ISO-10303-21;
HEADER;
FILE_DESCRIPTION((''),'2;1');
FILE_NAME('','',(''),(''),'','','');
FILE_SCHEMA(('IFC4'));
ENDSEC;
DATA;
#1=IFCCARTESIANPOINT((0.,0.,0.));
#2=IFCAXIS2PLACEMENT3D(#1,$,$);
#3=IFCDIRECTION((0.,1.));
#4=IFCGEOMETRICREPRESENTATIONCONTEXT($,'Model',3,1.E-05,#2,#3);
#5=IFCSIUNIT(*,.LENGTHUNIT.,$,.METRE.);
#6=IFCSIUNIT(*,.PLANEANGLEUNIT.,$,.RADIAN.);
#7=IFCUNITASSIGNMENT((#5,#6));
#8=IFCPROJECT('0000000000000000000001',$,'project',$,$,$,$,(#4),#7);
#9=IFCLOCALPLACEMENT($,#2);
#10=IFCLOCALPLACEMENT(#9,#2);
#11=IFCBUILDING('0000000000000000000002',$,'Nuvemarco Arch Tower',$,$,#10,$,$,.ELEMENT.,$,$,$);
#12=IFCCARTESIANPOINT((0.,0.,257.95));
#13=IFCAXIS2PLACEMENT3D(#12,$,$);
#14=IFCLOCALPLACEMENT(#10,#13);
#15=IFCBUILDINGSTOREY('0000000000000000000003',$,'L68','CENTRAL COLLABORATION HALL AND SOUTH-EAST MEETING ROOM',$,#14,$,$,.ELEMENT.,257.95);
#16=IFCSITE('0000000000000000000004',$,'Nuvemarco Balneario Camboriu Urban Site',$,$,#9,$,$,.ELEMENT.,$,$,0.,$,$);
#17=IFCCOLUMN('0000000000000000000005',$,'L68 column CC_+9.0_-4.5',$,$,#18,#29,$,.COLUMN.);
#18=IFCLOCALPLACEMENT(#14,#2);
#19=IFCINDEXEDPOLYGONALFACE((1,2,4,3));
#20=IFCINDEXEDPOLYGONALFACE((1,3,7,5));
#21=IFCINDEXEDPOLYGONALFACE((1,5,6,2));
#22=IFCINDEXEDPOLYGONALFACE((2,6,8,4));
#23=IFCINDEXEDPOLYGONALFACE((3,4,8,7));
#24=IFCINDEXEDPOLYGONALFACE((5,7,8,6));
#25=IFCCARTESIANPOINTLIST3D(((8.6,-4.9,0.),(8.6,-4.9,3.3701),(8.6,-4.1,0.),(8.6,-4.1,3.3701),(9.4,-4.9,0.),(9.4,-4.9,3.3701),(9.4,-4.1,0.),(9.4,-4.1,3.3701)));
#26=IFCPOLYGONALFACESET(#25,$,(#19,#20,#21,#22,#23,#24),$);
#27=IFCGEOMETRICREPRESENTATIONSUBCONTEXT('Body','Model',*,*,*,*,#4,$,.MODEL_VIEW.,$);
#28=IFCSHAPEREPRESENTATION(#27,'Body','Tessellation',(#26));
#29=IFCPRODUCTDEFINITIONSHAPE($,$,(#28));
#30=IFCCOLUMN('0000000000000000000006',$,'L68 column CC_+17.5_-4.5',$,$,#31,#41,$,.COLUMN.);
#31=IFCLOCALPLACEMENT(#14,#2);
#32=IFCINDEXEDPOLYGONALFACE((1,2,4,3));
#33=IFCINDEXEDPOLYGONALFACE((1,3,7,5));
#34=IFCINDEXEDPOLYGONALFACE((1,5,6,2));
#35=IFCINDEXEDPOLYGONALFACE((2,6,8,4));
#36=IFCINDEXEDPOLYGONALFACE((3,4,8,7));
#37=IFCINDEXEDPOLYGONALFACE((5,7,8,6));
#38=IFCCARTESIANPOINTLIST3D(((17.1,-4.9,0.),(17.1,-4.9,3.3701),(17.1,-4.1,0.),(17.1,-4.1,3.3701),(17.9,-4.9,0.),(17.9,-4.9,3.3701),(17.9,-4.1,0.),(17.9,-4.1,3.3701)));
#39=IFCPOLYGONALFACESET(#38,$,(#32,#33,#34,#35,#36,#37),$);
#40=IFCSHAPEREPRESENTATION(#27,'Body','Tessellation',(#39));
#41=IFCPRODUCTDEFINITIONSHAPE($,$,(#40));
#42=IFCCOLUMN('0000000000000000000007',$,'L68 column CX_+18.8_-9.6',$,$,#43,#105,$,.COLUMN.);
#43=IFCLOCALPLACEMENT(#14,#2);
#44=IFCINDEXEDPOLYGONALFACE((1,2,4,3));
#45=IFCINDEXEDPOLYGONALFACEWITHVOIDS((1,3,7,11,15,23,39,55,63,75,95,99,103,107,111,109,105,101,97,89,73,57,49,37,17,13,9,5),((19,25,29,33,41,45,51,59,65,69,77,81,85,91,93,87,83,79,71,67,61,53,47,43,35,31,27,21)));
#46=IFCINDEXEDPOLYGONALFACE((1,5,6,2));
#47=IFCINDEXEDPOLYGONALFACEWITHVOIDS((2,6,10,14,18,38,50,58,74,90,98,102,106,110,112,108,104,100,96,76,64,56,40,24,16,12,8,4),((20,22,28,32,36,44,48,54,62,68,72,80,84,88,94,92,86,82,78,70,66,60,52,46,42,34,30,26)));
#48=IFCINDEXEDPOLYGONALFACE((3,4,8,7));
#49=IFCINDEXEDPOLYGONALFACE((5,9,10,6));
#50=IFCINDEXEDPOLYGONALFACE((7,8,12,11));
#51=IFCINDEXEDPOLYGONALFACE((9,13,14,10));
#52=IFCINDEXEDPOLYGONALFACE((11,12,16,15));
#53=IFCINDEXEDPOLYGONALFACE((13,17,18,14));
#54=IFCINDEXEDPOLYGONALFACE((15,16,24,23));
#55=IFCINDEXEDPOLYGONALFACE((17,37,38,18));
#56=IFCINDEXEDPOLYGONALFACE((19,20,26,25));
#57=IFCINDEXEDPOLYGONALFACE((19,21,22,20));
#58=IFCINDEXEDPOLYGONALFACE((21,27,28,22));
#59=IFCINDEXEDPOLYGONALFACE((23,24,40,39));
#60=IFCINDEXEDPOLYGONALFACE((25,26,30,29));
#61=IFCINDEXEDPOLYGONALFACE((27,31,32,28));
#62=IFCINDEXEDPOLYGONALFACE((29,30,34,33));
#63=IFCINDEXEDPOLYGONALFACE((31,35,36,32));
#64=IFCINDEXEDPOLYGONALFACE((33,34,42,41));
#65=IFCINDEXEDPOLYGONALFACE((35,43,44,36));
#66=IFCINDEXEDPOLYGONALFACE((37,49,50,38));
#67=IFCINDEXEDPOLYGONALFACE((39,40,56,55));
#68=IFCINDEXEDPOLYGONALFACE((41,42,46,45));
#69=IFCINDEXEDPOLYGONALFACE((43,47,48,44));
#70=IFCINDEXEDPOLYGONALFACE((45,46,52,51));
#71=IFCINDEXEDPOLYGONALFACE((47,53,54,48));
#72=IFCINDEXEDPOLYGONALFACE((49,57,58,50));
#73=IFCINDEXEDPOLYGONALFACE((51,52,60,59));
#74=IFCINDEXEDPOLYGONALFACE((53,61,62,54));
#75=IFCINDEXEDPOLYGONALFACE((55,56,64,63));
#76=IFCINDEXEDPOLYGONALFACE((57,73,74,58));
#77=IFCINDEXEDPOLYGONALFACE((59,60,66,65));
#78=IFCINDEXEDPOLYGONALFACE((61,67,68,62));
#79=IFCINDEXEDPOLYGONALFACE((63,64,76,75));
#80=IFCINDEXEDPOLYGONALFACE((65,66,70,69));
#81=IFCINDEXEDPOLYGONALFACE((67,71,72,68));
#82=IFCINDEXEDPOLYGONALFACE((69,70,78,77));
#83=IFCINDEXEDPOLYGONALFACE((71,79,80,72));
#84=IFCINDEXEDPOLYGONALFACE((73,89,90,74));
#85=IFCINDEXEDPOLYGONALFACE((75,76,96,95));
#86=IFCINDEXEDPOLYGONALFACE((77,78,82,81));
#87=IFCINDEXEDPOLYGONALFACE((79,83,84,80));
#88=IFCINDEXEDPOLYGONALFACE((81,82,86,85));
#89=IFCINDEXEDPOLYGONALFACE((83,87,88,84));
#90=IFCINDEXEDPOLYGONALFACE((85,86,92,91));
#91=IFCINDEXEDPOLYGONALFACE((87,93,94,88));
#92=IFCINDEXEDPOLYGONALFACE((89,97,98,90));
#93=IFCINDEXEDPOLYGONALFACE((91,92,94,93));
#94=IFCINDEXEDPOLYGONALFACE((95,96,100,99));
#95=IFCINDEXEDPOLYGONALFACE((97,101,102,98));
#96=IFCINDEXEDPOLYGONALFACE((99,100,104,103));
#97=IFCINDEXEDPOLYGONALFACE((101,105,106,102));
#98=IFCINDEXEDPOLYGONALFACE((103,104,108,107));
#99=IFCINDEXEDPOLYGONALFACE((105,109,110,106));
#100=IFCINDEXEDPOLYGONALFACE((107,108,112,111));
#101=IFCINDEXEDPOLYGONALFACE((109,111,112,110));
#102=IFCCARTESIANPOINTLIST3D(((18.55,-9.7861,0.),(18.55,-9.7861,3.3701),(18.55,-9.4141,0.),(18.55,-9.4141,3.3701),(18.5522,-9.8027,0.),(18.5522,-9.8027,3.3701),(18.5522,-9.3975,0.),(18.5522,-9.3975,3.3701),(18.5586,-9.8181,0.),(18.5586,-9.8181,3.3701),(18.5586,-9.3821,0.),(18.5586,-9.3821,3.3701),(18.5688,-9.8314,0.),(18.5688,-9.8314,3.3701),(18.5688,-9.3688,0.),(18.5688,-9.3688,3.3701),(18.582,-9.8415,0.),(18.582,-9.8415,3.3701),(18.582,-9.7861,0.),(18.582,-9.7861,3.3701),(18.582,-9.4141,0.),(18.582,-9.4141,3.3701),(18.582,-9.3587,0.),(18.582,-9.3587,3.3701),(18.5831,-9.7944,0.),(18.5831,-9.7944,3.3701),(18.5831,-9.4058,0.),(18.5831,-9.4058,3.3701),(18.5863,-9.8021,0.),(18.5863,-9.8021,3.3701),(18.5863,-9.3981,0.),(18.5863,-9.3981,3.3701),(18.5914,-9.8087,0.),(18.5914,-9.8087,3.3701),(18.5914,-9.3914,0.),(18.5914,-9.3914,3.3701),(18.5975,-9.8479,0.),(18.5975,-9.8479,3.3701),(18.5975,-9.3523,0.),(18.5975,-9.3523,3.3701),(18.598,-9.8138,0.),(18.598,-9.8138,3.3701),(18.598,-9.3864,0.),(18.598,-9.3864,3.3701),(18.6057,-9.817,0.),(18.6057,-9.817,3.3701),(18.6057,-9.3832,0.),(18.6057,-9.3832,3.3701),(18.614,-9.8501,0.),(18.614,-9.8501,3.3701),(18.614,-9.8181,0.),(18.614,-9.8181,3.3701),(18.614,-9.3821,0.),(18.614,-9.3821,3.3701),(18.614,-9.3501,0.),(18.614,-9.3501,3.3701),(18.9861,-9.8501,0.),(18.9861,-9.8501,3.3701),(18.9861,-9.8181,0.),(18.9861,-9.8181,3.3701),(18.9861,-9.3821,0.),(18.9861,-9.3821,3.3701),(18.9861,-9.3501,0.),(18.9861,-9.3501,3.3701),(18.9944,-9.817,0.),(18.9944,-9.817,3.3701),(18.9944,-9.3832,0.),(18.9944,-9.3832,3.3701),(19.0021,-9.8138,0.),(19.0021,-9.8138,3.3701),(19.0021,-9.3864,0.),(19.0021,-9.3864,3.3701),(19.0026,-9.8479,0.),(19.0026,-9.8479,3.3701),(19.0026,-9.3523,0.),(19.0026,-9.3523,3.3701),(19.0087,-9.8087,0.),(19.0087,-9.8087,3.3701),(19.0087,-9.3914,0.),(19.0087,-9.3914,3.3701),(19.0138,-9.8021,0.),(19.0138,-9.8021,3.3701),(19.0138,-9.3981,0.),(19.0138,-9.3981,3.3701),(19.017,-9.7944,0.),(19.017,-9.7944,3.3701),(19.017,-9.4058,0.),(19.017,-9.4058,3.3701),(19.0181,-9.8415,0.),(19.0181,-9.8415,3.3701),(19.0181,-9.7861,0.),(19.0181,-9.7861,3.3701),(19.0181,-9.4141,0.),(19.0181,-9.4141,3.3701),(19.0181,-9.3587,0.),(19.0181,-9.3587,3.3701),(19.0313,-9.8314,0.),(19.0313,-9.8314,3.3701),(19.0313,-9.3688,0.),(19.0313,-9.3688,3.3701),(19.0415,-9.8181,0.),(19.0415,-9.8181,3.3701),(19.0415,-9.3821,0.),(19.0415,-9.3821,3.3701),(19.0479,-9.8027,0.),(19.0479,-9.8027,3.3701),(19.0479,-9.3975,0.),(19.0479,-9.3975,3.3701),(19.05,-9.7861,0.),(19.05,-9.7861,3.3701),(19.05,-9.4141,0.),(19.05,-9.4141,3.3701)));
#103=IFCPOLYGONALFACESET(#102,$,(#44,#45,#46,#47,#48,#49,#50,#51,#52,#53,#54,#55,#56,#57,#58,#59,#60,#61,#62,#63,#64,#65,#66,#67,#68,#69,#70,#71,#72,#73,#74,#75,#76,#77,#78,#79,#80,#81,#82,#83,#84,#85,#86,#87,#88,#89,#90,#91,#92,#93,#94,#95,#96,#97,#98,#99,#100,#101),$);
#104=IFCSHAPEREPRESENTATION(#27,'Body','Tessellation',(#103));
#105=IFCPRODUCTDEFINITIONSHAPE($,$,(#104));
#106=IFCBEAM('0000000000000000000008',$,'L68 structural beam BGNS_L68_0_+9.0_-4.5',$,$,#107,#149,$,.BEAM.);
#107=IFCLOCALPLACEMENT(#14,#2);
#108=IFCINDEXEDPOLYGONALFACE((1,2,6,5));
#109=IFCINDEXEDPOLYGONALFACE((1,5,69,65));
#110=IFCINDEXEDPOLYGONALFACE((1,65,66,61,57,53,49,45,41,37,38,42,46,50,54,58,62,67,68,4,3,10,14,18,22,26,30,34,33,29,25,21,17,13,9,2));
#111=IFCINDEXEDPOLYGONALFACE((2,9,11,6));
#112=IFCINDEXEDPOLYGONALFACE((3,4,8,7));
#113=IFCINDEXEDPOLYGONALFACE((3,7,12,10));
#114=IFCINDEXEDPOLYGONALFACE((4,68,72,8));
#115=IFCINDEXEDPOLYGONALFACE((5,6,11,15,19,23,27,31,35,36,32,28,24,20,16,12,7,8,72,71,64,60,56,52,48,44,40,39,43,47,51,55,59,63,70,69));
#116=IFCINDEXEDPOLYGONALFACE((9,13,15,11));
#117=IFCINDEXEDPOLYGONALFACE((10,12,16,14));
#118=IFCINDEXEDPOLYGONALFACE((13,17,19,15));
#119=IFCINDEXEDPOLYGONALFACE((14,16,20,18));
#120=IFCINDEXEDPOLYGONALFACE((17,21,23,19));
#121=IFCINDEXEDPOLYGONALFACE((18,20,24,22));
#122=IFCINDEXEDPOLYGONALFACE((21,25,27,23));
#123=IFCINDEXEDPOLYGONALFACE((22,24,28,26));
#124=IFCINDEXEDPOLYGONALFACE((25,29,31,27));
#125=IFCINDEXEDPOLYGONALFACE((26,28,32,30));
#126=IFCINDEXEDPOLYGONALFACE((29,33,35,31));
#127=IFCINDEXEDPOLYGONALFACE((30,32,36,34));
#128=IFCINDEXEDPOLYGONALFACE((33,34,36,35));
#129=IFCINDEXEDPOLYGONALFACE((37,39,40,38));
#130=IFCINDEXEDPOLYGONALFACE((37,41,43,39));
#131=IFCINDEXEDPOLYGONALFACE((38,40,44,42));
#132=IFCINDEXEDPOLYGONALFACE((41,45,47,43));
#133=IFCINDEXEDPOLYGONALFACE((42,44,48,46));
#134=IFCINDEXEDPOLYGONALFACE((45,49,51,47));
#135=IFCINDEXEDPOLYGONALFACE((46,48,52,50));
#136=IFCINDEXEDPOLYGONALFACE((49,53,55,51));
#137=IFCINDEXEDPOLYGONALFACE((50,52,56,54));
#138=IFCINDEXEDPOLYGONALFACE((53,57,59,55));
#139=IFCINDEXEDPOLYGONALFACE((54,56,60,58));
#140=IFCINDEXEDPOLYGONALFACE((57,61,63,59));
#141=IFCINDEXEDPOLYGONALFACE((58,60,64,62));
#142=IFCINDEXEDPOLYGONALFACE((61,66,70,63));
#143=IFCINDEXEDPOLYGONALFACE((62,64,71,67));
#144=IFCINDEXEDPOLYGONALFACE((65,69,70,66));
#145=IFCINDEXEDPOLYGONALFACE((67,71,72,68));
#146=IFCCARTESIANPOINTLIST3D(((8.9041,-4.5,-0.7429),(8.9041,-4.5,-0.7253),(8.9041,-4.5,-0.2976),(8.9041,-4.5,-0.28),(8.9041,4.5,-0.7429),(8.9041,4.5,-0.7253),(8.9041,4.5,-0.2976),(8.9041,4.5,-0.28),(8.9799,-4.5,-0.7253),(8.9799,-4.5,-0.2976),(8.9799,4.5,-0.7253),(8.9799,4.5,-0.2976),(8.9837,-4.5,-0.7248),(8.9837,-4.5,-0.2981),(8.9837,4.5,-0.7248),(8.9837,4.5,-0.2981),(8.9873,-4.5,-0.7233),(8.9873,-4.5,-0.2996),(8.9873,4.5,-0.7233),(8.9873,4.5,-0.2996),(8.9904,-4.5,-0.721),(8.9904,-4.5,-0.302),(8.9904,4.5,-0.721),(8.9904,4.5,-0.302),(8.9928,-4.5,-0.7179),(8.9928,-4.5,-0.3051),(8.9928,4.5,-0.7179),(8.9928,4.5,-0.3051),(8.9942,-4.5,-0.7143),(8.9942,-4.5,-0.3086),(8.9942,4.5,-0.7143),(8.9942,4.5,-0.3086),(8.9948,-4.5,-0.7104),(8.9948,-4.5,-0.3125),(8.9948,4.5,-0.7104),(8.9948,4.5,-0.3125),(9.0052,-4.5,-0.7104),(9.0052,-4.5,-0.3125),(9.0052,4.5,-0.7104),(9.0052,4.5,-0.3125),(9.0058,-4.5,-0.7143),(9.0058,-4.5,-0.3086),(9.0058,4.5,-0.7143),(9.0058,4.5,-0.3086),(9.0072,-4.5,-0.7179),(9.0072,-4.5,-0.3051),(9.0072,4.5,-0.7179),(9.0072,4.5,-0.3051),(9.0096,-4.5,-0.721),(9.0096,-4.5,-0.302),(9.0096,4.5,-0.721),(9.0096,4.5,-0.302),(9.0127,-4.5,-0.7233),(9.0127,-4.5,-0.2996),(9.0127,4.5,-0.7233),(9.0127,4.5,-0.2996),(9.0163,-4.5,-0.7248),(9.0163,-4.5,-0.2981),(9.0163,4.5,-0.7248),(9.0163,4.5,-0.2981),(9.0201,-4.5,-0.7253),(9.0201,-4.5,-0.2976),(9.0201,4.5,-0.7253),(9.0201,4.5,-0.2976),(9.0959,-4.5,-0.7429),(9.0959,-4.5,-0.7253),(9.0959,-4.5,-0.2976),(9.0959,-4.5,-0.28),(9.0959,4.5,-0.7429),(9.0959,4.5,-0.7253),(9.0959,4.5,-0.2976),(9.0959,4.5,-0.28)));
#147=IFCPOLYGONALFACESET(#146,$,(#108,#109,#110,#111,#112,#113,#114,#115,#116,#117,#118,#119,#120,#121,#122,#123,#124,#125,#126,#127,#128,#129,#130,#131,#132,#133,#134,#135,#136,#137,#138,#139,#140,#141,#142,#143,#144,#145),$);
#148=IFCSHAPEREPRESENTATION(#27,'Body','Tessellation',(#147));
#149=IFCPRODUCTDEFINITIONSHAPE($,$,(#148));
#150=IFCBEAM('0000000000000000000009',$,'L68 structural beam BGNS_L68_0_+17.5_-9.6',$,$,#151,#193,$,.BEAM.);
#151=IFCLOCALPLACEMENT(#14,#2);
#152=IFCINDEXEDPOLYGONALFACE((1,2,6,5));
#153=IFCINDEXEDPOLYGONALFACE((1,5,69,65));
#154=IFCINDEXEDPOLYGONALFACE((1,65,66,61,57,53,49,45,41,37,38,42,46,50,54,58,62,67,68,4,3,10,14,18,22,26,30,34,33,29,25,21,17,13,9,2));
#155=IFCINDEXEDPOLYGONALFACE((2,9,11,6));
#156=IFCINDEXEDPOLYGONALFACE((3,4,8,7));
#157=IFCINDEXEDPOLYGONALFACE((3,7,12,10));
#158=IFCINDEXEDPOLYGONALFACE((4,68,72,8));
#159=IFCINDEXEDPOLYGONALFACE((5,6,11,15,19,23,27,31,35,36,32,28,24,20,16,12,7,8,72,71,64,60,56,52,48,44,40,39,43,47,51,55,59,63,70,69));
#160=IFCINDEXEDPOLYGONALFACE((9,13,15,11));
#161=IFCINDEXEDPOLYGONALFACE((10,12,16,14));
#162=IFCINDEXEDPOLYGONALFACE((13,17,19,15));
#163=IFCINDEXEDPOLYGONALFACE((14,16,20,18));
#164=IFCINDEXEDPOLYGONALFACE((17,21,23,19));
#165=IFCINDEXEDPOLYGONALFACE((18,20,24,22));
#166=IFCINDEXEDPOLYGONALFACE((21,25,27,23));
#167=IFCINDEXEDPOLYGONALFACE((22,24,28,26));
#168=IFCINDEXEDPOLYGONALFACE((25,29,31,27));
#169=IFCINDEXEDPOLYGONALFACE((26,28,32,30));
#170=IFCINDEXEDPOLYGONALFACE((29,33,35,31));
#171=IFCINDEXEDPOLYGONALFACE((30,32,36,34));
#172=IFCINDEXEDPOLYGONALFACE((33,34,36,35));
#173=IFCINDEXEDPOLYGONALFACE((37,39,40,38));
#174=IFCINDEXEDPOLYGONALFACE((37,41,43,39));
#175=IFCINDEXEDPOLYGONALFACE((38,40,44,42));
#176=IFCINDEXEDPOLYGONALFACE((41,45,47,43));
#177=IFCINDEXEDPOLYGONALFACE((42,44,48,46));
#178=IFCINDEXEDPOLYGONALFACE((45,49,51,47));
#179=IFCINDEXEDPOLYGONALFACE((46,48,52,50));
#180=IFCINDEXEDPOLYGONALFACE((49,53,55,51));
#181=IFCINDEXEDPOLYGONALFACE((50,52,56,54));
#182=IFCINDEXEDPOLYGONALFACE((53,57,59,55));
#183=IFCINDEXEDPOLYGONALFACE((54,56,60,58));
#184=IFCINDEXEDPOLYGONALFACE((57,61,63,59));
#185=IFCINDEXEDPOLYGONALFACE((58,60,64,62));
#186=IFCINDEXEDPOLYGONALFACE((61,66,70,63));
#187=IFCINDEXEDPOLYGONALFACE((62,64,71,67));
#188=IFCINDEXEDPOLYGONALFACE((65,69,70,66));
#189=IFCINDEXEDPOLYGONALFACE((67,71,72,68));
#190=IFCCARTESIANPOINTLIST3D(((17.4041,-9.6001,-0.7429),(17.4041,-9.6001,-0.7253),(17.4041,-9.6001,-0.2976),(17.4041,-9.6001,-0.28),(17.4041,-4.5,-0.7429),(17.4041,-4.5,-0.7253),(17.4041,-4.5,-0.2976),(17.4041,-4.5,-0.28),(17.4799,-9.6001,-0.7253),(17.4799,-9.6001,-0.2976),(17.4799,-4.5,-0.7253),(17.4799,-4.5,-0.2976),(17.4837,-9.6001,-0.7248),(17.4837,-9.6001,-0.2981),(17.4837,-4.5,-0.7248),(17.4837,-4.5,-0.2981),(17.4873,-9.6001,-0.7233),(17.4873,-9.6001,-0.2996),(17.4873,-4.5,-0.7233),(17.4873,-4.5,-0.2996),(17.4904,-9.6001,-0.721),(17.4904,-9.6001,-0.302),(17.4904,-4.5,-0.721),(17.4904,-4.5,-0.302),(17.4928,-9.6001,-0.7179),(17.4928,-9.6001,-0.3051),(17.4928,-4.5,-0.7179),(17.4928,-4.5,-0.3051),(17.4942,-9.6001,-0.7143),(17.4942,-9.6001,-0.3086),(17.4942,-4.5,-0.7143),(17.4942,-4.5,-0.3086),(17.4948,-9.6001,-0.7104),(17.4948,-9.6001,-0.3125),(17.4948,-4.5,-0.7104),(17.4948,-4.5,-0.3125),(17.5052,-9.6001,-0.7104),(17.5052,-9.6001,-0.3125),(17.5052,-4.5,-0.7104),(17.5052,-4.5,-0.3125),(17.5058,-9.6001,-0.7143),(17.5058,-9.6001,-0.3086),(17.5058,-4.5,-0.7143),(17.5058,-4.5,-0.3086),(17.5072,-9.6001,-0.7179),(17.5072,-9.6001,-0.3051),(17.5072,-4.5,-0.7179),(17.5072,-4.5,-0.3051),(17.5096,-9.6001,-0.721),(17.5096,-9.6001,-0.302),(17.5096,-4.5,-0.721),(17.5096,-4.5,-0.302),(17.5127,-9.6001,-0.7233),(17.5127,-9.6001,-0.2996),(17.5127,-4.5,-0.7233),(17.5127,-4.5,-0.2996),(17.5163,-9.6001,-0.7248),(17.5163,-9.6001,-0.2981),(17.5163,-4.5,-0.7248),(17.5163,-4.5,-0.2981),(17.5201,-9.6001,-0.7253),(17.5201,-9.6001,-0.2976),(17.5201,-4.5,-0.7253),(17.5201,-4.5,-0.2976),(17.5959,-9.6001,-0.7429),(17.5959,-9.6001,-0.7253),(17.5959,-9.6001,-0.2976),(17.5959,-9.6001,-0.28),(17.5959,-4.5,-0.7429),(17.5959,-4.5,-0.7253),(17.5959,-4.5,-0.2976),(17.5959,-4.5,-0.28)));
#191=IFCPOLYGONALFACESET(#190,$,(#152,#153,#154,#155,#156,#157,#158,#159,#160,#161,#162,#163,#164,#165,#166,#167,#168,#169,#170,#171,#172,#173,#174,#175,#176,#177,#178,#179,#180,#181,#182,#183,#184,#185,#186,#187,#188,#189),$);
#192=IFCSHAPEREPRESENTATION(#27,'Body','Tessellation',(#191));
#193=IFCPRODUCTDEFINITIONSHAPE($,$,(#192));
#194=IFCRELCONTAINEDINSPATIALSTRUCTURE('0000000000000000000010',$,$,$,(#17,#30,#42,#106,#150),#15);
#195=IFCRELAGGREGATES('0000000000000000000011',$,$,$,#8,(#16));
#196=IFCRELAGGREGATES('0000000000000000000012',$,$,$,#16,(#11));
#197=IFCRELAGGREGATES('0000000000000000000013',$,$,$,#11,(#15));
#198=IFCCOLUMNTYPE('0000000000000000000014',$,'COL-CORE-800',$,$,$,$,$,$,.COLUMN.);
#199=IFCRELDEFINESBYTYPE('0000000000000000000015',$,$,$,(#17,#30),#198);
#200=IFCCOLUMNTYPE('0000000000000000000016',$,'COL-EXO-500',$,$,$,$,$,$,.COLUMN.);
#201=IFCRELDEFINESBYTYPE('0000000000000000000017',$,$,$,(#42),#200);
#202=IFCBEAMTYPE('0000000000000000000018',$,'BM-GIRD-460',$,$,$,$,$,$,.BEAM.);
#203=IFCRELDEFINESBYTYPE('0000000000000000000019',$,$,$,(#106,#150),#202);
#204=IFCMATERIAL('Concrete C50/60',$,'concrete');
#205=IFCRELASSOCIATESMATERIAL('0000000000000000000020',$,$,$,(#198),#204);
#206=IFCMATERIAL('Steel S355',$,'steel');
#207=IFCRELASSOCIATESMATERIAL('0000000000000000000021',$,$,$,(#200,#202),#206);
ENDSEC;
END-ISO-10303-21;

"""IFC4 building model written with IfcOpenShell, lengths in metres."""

from ifc_helpers import new_model, si_unit, direction, frame, origin, origin_2d, place, context, subcontext, project, spatial, rectangle, hollow_rectangle, i_section, extrude, material, material_profile, profile_set, type_object, element, save


model = new_model("IFC4")

# Units and contexts
model_context = context("Model", 3, precision=1e-05, world=origin(), true_north=direction((0.0, 1.0)))
body_context = subcontext(model_context, "Body", "Model", "MODEL_VIEW")
ifc_project = project(units=[si_unit("LENGTHUNIT", "METRE"), si_unit("PLANEANGLEUNIT", "RADIAN")], contexts=[model_context])

# Site, building, storey
site_placement = place(None, origin())
site = spatial("IfcSite", under=ifc_project, at=site_placement, Name="Nuvemarco Balneario Camboriu Urban Site", CompositionType="ELEMENT", RefElevation=0.0)
building_placement = place(site_placement, origin())
building = spatial("IfcBuilding", under=site, at=building_placement, Name="Nuvemarco Arch Tower", CompositionType="ELEMENT")
storey_placement = place(building_placement, frame((0.0, 0.0, 257.95)))
storey = spatial("IfcBuildingStorey", under=building, at=storey_placement, Name="L68", Description="CENTRAL COLLABORATION HALL AND SOUTH-EAST MEETING ROOM", CompositionType="ELEMENT", Elevation=257.95)

# Columns
ifc_material_1 = material(Name="Concrete C50/60", Category="concrete")
ifc_material_profile_1 = material_profile(ifc_material_1, rectangle(XDim=0.8, YDim=0.8, at=origin_2d()), Name="RC-COL-800x800")
ifc_profile_set_1 = profile_set([ifc_material_profile_1], Name="Concrete C50/60")
column_type_1 = type_object("IfcColumnType", Name="COL-CORE-800", PredefinedType="COLUMN", material=ifc_profile_set_1)
for number, where, z_axis, x_axis, name in (
    (1, (9.0, -4.5, 0.0), (0.0, 0.0, 1.0), (1.0, 0.0, 0.0), "L68 column CC_+9.0_-4.5"),
    (2, (17.5, -4.5, 0.0), (0.0, 0.0, 1.0), (1.0, 0.0, 0.0), "L68 column CC_+17.5_-4.5"),
):
    element("IfcColumn", number, at=place(storey_placement, frame(where, z_axis=z_axis, x_axis=x_axis)), inside=storey, type_object=column_type_1, Name=name, PredefinedType="COLUMN", context=body_context, shape_type="SweptSolid", body=[
        extrude(rectangle(XDim=0.8, YDim=0.8, at=origin_2d()), origin(), (0.0, 0.0, 1.0), 3.3701),
    ])
ifc_material_2 = material(Name="Steel S355", Category="steel")
ifc_material_profile_2 = material_profile(ifc_material_2, hollow_rectangle(XDim=0.5, YDim=0.5, WallThickness=0.032, InnerFilletRadius=0.032, OuterFilletRadius=0.064, at=origin_2d()), Name="SHS500x500x32")
ifc_profile_set_2 = profile_set([ifc_material_profile_2], Name="Steel S355")
column_type_2 = type_object("IfcColumnType", Name="COL-EXO-500", PredefinedType="COLUMN", material=ifc_profile_set_2)
column_placement = place(storey_placement, frame((18.8, -9.6001, 0.0), z_axis=(0.0, 0.0, 1.0), x_axis=(1.0, 0.0, 0.0)))
element("IfcColumn", 3, at=column_placement, inside=storey, type_object=column_type_2, Name="L68 column CX_+18.8_-9.6", PredefinedType="COLUMN", context=body_context, shape_type="SweptSolid", body=[
    extrude(hollow_rectangle(XDim=0.5, YDim=0.5, WallThickness=0.032, InnerFilletRadius=0.032, OuterFilletRadius=0.064, at=origin_2d()), origin(), (0.0, 0.0, 1.0), 3.3701),
])

# Beams
ifc_material_profile_3 = material_profile(ifc_material_2, i_section(OverallWidth=0.1919, OverallDepth=0.4629, WebThickness=0.0105, FlangeThickness=0.0176, FilletRadius=0.0149, at=origin_2d()), Name="W460x89")
ifc_profile_set_3 = profile_set([ifc_material_profile_3], Name="Steel S355")
beam_type_1 = type_object("IfcBeamType", Name="BM-GIRD-460", PredefinedType="BEAM", material=ifc_profile_set_3)
beam_1_placement = place(storey_placement, frame((9.0, -4.5, -0.5115), z_axis=(0.0, 1.0, 0.0), x_axis=(-1.0, 0.0, 0.0)))
element("IfcBeam", 4, at=beam_1_placement, inside=storey, type_object=beam_type_1, Name="L68 structural beam BGNS_L68_0_+9.0_-4.5", PredefinedType="BEAM", context=body_context, shape_type="SweptSolid", body=[
    extrude(i_section(OverallWidth=0.1919, OverallDepth=0.4629, WebThickness=0.0105, FlangeThickness=0.0176, FilletRadius=0.0149, at=origin_2d()), origin(), (0.0, 0.0, 1.0), 9.0),
])
beam_2_placement = place(storey_placement, frame((17.5, -9.6001, -0.5115), z_axis=(0.0, 1.0, 0.0), x_axis=(-1.0, 0.0, 0.0)))
element("IfcBeam", 5, at=beam_2_placement, inside=storey, type_object=beam_type_1, Name="L68 structural beam BGNS_L68_0_+17.5_-9.6", PredefinedType="BEAM", context=body_context, shape_type="SweptSolid", body=[
    extrude(i_section(OverallWidth=0.1919, OverallDepth=0.4629, WebThickness=0.0105, FlangeThickness=0.0176, FilletRadius=0.0149, at=origin_2d()), origin(), (0.0, 0.0, 1.0), 5.1001),
])

save(model, "model.ifc")
